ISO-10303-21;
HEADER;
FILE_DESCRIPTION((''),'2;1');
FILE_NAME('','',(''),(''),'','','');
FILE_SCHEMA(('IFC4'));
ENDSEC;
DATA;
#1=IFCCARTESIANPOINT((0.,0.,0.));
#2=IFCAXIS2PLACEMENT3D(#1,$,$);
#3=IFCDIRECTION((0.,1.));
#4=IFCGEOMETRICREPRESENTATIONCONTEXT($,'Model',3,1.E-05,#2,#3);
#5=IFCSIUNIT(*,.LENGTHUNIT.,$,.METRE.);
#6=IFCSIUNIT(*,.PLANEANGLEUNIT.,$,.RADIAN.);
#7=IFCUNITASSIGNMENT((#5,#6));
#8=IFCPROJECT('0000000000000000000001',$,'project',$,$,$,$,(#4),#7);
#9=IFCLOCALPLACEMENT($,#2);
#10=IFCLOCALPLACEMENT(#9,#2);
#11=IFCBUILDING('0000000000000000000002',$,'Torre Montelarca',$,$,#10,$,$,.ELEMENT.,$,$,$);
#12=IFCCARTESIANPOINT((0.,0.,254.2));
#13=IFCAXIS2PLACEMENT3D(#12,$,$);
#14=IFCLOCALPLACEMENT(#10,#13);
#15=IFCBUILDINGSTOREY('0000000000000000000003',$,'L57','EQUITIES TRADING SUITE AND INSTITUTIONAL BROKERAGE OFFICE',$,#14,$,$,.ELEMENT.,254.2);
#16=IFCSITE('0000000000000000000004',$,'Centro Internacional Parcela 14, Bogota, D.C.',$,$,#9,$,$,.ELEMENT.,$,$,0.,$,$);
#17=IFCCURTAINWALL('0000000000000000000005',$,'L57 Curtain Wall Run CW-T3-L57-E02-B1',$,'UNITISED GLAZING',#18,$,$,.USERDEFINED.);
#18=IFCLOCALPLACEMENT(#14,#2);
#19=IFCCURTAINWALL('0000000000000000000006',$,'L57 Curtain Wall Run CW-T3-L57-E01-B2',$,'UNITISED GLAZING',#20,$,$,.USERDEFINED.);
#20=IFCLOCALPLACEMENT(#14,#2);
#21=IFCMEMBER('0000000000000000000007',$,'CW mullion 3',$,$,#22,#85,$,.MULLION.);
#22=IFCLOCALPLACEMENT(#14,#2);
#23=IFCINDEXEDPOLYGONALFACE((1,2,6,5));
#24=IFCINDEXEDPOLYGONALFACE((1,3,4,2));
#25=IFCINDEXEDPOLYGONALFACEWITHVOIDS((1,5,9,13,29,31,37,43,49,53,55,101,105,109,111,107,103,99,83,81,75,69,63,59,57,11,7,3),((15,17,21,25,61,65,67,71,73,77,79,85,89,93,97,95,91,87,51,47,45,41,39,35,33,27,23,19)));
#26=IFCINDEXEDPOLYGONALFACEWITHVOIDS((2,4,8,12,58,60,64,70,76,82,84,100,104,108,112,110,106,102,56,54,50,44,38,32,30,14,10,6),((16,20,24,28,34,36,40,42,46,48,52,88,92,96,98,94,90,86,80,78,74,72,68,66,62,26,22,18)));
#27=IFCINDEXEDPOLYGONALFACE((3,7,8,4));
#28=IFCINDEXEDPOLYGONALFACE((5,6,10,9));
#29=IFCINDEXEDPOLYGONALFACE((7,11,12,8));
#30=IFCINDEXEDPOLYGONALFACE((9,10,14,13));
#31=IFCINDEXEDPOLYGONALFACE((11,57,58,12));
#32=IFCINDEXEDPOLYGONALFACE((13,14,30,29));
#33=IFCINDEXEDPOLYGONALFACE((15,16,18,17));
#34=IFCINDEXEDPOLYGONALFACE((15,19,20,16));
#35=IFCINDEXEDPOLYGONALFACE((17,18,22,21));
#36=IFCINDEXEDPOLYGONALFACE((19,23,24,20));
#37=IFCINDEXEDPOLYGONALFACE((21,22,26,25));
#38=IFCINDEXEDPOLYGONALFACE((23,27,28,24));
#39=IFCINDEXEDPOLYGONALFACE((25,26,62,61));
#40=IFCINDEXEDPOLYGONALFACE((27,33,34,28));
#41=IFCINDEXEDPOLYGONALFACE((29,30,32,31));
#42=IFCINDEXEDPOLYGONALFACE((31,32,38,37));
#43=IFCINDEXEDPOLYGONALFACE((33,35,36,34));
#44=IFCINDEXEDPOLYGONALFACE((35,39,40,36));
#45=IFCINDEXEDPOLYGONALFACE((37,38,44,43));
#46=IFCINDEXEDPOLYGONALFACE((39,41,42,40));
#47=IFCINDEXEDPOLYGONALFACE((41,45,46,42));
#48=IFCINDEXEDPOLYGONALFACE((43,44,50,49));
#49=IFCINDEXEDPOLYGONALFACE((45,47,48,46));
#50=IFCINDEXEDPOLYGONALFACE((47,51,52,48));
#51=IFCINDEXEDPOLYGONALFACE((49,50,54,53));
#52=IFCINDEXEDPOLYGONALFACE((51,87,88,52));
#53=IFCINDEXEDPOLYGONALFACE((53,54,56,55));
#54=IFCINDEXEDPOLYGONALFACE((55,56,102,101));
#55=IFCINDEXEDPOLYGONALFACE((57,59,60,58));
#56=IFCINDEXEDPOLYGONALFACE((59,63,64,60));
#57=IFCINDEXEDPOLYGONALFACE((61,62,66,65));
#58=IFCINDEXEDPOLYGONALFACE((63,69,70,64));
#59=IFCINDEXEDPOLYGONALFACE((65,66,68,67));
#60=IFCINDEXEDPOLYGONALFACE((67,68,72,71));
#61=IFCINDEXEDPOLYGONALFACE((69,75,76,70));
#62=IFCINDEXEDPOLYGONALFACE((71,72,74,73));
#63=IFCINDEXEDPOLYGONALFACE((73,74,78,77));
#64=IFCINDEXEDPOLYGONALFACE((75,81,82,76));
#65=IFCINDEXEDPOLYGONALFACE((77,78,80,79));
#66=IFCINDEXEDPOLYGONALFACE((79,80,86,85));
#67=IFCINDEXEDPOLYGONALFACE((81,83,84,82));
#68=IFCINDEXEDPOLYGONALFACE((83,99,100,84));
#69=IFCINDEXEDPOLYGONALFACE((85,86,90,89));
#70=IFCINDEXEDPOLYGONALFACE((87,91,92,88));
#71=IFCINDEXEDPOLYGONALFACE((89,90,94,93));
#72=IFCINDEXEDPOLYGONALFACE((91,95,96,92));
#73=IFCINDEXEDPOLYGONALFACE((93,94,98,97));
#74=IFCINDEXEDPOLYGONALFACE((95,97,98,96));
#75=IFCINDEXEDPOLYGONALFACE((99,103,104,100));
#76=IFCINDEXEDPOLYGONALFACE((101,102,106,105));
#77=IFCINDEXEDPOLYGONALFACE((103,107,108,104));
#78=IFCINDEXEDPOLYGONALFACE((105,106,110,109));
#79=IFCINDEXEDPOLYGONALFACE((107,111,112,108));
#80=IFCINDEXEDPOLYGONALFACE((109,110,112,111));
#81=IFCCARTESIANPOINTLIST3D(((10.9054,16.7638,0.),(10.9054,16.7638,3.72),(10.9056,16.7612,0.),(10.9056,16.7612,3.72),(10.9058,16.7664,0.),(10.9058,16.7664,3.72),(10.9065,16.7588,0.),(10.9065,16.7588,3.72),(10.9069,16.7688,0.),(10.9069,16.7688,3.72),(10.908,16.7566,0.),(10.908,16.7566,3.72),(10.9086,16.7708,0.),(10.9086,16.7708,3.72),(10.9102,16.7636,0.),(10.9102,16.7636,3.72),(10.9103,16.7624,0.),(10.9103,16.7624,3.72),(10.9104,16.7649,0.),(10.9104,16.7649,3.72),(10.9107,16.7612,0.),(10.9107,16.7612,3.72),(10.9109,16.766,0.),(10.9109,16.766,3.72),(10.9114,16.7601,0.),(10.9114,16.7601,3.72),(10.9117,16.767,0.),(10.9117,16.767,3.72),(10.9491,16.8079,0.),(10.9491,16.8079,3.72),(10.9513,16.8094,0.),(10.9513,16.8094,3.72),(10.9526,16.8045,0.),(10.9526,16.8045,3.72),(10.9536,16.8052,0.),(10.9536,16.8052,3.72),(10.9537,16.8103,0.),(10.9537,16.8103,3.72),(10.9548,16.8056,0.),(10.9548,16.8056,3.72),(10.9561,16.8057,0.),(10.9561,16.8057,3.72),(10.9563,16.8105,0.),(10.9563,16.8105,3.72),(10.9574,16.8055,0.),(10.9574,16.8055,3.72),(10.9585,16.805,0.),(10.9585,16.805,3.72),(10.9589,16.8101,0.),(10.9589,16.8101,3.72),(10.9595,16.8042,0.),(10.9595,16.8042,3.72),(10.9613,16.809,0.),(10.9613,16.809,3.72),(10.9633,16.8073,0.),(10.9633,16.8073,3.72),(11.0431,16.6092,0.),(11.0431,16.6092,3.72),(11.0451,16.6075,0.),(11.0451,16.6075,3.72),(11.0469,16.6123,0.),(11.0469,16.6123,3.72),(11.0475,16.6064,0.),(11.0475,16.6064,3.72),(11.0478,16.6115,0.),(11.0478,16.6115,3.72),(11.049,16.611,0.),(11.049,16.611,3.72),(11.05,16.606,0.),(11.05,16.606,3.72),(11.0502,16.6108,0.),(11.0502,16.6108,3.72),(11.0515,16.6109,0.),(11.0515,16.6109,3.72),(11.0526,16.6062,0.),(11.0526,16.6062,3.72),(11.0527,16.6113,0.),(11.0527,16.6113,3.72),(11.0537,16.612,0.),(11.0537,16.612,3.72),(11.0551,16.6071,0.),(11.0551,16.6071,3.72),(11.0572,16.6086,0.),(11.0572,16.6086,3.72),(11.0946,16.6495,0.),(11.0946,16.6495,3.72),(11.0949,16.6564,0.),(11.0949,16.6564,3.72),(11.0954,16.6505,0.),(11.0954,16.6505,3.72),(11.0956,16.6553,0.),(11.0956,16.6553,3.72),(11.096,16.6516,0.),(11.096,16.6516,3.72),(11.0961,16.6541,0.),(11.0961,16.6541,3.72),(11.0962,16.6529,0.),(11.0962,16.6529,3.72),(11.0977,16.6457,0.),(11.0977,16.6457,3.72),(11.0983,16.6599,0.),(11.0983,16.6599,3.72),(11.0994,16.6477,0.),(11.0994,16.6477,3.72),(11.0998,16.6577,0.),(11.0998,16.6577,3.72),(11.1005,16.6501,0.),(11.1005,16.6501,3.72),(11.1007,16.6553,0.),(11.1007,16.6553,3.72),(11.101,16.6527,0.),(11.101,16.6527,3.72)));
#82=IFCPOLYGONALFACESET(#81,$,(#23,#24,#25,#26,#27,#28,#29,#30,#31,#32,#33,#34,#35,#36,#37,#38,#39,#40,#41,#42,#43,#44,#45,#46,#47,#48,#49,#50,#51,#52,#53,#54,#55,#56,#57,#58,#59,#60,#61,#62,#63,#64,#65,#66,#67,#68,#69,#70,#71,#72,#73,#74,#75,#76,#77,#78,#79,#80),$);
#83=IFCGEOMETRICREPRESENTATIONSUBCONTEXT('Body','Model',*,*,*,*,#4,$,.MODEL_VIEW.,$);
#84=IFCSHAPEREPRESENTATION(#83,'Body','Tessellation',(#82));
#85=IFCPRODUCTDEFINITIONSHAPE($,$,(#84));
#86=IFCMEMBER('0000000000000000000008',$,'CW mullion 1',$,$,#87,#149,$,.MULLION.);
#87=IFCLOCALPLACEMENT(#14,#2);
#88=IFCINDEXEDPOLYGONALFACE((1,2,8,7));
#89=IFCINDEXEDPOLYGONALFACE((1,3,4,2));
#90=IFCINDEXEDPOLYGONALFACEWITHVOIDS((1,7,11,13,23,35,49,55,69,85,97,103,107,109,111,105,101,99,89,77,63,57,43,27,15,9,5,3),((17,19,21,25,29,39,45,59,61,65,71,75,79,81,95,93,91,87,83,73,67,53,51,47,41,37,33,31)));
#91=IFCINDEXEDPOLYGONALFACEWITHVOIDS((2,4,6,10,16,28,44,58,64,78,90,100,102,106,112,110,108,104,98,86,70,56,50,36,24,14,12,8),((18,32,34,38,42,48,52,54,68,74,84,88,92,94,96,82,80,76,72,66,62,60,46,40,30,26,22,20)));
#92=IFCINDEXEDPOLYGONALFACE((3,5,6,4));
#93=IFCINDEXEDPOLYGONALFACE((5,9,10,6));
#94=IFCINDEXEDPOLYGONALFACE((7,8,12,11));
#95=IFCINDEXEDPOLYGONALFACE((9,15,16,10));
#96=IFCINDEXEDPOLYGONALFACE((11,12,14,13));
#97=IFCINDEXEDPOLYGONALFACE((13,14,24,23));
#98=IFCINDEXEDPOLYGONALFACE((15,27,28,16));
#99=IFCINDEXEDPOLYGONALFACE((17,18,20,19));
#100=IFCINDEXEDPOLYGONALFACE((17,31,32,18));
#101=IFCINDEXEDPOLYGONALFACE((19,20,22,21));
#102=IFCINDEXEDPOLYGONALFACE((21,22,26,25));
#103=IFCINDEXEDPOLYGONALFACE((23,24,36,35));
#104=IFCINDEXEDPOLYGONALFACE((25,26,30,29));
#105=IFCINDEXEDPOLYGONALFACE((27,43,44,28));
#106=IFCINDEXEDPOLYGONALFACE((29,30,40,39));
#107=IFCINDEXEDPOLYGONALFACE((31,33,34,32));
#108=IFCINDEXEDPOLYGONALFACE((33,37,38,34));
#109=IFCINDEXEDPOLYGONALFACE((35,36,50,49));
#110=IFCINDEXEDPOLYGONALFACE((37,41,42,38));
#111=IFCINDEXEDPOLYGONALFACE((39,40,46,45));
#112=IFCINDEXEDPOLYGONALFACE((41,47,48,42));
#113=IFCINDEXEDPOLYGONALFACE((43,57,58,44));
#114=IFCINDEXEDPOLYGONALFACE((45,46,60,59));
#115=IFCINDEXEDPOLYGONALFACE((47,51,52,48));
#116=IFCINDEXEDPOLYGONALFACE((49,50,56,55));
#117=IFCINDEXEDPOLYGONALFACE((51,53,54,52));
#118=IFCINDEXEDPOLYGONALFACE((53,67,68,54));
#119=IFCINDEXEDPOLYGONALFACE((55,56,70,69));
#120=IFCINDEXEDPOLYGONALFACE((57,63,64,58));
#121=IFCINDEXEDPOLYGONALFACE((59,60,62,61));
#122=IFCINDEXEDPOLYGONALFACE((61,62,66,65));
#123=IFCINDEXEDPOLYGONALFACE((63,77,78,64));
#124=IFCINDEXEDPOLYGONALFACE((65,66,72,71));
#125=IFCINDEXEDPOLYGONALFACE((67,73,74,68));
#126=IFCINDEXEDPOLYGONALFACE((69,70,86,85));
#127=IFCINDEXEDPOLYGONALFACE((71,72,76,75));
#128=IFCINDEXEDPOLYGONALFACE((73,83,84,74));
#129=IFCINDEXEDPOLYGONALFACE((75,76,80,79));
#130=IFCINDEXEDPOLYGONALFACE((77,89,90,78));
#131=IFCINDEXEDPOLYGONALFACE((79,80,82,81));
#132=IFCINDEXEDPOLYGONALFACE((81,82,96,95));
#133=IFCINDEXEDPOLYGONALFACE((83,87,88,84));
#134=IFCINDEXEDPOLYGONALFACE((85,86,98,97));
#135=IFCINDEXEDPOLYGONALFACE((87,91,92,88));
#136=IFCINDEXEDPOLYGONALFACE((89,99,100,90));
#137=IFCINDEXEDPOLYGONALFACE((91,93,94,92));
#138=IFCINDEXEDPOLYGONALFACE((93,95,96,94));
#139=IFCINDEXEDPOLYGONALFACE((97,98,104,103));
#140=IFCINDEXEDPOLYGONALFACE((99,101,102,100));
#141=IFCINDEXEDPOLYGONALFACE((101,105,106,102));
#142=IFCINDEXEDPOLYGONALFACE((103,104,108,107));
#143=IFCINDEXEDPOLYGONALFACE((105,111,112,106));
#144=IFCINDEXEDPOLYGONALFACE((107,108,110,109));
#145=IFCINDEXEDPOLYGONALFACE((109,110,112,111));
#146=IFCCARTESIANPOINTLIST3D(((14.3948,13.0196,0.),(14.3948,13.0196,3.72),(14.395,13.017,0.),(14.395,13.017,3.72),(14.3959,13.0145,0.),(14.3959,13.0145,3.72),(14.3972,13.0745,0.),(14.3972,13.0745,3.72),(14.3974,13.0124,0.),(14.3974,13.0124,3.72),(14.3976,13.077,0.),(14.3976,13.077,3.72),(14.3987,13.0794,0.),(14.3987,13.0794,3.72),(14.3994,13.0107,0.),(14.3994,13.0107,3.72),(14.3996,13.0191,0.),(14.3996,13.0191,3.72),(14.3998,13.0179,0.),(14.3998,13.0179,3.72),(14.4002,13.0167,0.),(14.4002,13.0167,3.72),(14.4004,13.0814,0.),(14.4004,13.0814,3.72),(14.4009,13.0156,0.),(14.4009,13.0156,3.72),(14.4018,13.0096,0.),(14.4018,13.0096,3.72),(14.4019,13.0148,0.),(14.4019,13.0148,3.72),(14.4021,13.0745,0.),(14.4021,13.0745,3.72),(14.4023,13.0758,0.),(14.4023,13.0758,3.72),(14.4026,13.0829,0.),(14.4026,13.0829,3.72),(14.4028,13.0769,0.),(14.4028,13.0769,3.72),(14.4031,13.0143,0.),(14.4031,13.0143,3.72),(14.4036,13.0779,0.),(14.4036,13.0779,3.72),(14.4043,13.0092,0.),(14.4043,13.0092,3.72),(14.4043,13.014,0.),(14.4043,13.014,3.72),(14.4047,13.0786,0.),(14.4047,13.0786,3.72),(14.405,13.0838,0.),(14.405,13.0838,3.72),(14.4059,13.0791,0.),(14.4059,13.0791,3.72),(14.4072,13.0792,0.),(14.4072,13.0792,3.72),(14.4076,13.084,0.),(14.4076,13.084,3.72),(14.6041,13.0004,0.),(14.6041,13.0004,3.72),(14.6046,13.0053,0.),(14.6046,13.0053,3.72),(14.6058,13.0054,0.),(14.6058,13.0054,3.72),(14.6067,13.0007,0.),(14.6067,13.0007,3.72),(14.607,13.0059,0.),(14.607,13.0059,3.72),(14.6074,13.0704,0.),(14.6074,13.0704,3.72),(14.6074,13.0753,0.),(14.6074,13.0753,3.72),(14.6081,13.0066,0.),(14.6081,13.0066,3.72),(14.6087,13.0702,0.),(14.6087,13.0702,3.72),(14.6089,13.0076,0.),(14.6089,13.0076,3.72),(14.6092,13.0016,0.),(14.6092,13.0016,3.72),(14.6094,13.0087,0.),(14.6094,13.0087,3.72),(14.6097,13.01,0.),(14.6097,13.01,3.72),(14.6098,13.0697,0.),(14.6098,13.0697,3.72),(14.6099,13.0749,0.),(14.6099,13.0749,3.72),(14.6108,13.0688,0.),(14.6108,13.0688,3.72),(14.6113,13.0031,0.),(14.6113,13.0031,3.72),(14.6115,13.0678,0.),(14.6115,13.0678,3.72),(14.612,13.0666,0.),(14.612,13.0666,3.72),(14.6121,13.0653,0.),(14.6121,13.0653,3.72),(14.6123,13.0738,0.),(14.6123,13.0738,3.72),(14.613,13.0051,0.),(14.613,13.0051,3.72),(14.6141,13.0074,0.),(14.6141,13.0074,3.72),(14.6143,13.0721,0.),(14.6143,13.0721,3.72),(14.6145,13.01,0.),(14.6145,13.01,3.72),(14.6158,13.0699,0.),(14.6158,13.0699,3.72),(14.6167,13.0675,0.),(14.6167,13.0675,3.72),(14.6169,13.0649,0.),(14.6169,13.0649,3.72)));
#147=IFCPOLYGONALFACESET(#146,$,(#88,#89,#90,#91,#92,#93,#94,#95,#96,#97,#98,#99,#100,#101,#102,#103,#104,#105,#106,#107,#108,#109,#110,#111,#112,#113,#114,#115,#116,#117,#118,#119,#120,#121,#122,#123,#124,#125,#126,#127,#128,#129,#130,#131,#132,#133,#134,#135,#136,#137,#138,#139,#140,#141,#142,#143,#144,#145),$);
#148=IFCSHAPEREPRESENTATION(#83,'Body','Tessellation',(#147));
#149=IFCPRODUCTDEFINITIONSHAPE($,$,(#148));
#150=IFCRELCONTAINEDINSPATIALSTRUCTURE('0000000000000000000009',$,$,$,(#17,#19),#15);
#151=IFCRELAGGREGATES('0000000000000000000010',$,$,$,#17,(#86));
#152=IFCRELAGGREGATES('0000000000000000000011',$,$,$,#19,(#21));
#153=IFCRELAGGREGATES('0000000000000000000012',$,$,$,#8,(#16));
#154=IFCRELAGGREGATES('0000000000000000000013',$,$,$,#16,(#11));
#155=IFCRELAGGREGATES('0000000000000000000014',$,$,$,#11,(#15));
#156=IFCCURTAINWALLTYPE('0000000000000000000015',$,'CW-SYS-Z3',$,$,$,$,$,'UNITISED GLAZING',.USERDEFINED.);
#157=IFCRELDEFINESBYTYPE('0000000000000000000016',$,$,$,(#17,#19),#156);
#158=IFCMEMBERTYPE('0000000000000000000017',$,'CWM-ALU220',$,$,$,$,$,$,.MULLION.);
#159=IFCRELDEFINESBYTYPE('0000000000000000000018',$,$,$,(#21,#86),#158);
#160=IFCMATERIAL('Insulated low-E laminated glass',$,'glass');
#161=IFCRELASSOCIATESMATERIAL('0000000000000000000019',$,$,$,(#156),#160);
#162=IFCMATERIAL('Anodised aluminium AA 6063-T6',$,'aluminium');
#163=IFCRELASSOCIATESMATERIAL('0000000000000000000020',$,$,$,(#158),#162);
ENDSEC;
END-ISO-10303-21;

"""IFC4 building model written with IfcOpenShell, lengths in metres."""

from ifc_helpers import new_model, si_unit, direction, frame, origin, origin_2d, place, context, subcontext, project, spatial, hollow_rectangle, extrude, source, transform, mapped, material, material_profile, profile_set, type_object, element, aggregate, save


model = new_model("IFC4")

# Units and contexts
model_context = context("Model", 3, precision=1e-05, world=origin(), true_north=direction((0.0, 1.0)))
body_context = subcontext(model_context, "Body", "Model", "MODEL_VIEW")
ifc_project = project(units=[si_unit("LENGTHUNIT", "METRE"), si_unit("PLANEANGLEUNIT", "RADIAN")], contexts=[model_context])

# Site, building, storey
site_placement = place(None, origin())
site = spatial("IfcSite", under=ifc_project, at=site_placement, Name="Centro Internacional Parcela 14, Bogota, D.C.", CompositionType="ELEMENT", RefElevation=0.0)
building_placement = place(site_placement, origin())
building = spatial("IfcBuilding", under=site, at=building_placement, Name="Torre Montelarca", CompositionType="ELEMENT")
storey_placement = place(building_placement, frame((0.0, 0.0, 254.2)))
storey = spatial("IfcBuildingStorey", under=building, at=storey_placement, Name="L57", Description="EQUITIES TRADING SUITE AND INSTITUTIONAL BROKERAGE OFFICE", CompositionType="ELEMENT", Elevation=254.2)

# Curtain wall
ifc_material_1 = material(Name="Insulated low-E laminated glass", Category="glass")
curtain_wall_type = type_object("IfcCurtainWallType", Name="CW-SYS-Z3", ElementType="UNITISED GLAZING", PredefinedType="USERDEFINED", material=ifc_material_1)
curtain_wall_1_placement = place(storey_placement, origin())
curtain_wall_1 = element("IfcCurtainWall", 1, at=curtain_wall_1_placement, inside=storey, type_object=curtain_wall_type, Name="L57 Curtain Wall Run CW-T3-L57-E02-B1", ObjectType="UNITISED GLAZING", PredefinedType="USERDEFINED")
ifc_material_2 = material(Name="Anodised aluminium AA 6063-T6", Category="aluminium")

# Curtain wall, member
curtain_wall_2_placement = place(storey_placement, origin())
curtain_wall_2 = element("IfcCurtainWall", 2, at=curtain_wall_2_placement, inside=storey, type_object=curtain_wall_type, Name="L57 Curtain Wall Run CW-T3-L57-E01-B2", ObjectType="UNITISED GLAZING", PredefinedType="USERDEFINED")
ifc_material_profile_1 = material_profile(ifc_material_2, hollow_rectangle(XDim=0.075, YDim=0.22, WallThickness=0.0049, InnerFilletRadius=0.0049, OuterFilletRadius=0.01, at=origin_2d()), Name="ALU75X220X5", Category="aluminium")
ifc_profile_set_1 = profile_set([ifc_material_profile_1], Name="Anodised aluminium AA 6063-T6")
member_type_1 = type_object("IfcMemberType", Name="CWM-ALU220", PredefinedType="MULLION", material=ifc_profile_set_1)
shared_shape_1 = source(origin(), body_context, "Body", "SweptSolid", [
    extrude(hollow_rectangle(XDim=0.075, YDim=0.22, WallThickness=0.0049, InnerFilletRadius=0.0049, OuterFilletRadius=0.01, at=origin_2d()), origin(), (0.0, 0.0, 1.0), 3.72),
])
member_1_placement = place(storey_placement, frame((11.0032, 16.7083, 0.0), z_axis=(0.0, 0.0, 1.0), x_axis=(0.73728, 0.675588, 0.0)))
member_1 = element("IfcMember", 3, at=member_1_placement, type_object=member_type_1, Name="CW mullion 3", PredefinedType="MULLION", context=body_context, shape_type="MappedRepresentation", body=[
    mapped(shared_shape_1, transform((0.0, 0.0, 0.0), scale=1.0)),
])

# Member
member_2_placement = place(storey_placement, frame((14.5059, 13.0422, 0.0), z_axis=(0.0, 0.0, 1.0), x_axis=(0.04361, 0.999049, 0.0)))
member_2 = element("IfcMember", 4, at=member_2_placement, type_object=member_type_1, Name="CW mullion 1", PredefinedType="MULLION", context=body_context, shape_type="MappedRepresentation", body=[
    mapped(shared_shape_1, transform((0.0, 0.0, 0.0), scale=1.0)),
])

aggregate(curtain_wall_1, [member_2])
aggregate(curtain_wall_2, [member_1])

save(model, "model.ifc")
